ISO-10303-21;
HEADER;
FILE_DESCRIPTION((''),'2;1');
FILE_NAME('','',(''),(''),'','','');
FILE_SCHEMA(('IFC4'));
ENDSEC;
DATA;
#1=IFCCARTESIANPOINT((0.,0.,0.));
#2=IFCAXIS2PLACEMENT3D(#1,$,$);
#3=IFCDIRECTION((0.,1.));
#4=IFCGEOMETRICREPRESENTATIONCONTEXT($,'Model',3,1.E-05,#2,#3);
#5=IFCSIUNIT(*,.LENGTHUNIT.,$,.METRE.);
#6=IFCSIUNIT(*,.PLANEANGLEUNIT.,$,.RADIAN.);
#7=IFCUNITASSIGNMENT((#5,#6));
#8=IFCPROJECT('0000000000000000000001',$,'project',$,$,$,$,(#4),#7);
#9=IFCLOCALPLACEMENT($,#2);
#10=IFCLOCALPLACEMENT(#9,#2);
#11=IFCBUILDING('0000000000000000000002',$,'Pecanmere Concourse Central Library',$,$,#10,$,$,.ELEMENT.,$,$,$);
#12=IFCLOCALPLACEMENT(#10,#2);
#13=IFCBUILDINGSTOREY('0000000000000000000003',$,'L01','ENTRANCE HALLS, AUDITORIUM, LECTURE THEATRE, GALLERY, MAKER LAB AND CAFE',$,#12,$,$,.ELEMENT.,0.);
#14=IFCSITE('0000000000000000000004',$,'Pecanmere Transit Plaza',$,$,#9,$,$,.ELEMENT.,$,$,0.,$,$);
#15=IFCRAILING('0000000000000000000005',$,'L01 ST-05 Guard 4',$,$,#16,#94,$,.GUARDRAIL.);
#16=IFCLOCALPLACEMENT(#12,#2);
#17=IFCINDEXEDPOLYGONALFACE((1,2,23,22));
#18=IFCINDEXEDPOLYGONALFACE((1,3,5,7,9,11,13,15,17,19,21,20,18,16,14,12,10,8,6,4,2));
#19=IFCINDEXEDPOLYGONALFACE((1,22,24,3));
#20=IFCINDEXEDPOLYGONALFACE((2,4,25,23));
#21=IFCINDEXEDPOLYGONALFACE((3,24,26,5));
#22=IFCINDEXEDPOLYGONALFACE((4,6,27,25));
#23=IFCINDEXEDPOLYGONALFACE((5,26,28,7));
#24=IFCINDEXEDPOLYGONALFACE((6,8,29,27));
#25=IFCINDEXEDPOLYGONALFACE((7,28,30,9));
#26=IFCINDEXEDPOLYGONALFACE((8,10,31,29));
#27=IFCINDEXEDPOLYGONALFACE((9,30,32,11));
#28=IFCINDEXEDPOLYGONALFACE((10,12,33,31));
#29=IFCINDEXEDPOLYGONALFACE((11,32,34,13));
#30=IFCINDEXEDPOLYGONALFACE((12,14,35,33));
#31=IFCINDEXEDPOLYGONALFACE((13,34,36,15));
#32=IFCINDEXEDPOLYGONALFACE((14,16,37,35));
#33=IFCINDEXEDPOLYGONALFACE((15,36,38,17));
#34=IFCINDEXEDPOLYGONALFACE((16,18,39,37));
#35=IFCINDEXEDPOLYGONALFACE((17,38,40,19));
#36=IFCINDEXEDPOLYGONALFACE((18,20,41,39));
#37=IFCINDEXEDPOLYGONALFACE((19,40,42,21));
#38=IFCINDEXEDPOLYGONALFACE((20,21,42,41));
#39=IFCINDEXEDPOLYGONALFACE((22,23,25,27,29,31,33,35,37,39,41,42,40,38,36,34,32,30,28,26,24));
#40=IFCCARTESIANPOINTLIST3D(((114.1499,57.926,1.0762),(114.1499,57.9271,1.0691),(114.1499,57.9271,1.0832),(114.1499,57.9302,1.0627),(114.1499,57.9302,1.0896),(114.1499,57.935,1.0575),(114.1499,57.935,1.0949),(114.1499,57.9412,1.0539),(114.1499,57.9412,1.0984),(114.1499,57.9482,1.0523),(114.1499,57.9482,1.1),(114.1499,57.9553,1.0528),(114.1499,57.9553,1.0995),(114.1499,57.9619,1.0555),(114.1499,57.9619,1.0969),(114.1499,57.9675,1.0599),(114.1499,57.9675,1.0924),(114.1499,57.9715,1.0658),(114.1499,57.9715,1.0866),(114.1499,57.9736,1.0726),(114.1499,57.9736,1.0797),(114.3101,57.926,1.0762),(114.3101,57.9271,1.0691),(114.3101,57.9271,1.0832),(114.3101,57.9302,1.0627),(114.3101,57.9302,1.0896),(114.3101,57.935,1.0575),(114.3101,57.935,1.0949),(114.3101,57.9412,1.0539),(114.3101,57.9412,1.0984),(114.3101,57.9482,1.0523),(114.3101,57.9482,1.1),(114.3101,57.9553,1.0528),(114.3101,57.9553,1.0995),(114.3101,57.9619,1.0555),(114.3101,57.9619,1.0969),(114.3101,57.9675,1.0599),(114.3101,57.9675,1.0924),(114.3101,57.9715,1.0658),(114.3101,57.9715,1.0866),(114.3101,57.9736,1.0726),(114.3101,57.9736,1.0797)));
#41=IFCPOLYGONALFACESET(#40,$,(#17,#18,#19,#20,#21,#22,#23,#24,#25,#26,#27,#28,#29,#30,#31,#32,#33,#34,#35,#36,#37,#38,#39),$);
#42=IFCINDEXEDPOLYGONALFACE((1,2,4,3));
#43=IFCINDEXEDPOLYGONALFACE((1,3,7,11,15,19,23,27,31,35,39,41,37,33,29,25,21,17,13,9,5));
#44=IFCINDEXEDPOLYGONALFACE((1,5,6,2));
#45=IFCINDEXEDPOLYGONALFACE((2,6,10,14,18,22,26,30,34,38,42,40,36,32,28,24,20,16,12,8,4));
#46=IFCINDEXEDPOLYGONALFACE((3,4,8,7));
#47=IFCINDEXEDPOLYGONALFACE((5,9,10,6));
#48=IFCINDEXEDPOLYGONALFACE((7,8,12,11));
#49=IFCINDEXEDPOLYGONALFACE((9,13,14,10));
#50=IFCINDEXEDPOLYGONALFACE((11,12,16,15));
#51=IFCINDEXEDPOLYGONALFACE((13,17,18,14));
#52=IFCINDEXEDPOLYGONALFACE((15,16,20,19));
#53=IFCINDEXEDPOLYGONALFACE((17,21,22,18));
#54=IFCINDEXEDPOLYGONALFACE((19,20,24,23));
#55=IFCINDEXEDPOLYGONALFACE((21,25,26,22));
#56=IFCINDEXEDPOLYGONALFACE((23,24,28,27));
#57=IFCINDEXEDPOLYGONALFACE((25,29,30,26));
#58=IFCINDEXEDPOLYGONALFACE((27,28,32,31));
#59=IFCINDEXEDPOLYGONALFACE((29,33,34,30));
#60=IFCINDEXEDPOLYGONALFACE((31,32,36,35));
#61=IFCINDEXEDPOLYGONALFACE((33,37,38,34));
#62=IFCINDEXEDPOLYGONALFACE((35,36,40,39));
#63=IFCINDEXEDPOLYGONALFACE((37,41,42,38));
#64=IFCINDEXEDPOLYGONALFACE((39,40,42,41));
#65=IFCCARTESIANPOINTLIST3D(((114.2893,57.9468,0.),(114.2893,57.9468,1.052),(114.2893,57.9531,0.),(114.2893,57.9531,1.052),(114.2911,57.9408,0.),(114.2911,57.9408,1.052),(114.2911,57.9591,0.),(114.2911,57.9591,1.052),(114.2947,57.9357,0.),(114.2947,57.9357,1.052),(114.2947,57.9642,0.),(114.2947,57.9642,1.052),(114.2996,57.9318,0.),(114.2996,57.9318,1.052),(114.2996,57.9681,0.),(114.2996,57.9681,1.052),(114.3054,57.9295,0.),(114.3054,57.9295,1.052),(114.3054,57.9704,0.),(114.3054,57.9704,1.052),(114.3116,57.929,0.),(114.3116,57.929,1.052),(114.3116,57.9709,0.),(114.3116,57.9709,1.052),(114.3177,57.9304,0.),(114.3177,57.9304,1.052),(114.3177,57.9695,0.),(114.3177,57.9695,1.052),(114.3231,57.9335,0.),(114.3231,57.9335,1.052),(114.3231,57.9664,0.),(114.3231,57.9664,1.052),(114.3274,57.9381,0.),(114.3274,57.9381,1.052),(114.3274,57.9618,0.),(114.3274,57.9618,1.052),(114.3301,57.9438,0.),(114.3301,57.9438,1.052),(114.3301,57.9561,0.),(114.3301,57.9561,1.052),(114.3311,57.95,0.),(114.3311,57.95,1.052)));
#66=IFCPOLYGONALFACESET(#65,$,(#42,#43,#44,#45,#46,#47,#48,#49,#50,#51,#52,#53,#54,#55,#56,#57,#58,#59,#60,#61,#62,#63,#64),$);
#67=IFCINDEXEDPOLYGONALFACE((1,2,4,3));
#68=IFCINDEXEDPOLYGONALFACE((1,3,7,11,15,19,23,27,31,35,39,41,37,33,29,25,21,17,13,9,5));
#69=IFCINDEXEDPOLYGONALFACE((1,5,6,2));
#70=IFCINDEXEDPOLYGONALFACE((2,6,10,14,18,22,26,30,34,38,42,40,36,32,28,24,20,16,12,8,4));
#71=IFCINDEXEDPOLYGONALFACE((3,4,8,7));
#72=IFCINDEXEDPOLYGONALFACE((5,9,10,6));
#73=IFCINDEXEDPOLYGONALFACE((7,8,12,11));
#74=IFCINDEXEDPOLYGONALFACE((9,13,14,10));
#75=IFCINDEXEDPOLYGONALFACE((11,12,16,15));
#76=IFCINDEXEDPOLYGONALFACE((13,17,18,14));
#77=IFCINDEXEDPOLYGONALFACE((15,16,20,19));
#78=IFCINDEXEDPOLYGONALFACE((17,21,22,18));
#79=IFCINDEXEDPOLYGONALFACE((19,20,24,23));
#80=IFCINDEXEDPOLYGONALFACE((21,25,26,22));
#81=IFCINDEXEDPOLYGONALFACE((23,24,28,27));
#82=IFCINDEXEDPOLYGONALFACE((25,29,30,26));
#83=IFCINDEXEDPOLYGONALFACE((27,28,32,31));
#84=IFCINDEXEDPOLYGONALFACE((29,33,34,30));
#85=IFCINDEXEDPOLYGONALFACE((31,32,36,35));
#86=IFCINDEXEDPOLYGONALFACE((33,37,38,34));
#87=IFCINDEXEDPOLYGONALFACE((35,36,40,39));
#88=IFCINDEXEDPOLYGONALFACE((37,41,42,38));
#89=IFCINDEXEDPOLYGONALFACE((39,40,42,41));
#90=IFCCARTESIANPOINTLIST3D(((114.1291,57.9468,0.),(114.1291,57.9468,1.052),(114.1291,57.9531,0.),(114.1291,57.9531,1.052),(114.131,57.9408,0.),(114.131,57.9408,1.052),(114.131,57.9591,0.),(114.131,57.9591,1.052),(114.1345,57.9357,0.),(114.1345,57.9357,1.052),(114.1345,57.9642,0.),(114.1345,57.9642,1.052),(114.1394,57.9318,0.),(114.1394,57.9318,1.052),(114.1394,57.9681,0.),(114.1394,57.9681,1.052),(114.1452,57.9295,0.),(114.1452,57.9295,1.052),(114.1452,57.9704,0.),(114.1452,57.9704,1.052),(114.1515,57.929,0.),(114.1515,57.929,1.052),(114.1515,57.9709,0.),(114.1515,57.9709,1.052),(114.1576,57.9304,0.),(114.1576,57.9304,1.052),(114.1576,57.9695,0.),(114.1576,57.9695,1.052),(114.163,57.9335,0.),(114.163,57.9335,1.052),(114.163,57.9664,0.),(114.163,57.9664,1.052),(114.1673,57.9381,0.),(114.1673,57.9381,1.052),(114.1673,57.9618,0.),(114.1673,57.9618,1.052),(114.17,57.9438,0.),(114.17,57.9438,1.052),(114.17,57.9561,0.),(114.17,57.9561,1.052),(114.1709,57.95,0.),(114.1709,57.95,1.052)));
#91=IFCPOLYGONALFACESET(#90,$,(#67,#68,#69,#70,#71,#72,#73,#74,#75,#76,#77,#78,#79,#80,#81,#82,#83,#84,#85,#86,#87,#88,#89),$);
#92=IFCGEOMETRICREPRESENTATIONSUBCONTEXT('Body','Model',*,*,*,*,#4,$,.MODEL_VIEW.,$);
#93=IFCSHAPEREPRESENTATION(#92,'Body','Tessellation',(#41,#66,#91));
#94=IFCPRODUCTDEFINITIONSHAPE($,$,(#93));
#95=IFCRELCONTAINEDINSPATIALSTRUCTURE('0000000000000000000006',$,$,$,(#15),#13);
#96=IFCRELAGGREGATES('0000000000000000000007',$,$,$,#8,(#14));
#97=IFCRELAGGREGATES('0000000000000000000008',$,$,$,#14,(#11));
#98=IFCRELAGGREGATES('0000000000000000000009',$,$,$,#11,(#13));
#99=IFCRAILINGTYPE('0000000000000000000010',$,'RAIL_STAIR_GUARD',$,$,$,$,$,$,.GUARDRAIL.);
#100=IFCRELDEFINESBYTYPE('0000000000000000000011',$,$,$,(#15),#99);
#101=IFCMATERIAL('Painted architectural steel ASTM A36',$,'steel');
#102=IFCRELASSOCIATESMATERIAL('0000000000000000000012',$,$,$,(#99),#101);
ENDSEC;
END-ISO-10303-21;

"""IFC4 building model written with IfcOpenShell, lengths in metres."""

from ifc_helpers import new_model, si_unit, direction, frame, origin, origin_2d, place, context, subcontext, project, spatial, circle, extrude, material, type_object, element, save


model = new_model("IFC4")

# Units and contexts
model_context = context("Model", 3, precision=1e-05, world=origin(), true_north=direction((0.0, 1.0)))
body_context = subcontext(model_context, "Body", "Model", "MODEL_VIEW")
ifc_project = project(units=[si_unit("LENGTHUNIT", "METRE"), si_unit("PLANEANGLEUNIT", "RADIAN")], contexts=[model_context])

# Site, building, storey
site_placement = place(None, origin())
site = spatial("IfcSite", under=ifc_project, at=site_placement, Name="Pecanmere Transit Plaza", CompositionType="ELEMENT", RefElevation=0.0)
building_placement = place(site_placement, origin())
building = spatial("IfcBuilding", under=site, at=building_placement, Name="Pecanmere Concourse Central Library", CompositionType="ELEMENT")
storey_placement = place(building_placement, origin())
storey = spatial("IfcBuildingStorey", under=building, at=storey_placement, Name="L01", Description="ENTRANCE HALLS, AUDITORIUM, LECTURE THEATRE, GALLERY, MAKER LAB AND CAFE", CompositionType="ELEMENT", Elevation=0.0)

# Railing
ifc_material_1 = material(Name="Painted architectural steel ASTM A36", Category="steel")
railing_type_1 = type_object("IfcRailingType", Name="RAIL_STAIR_GUARD", PredefinedType="GUARDRAIL", material=ifc_material_1)
railing_1_placement = place(storey_placement, frame((114.3101, 57.95, 0.0)))
element("IfcRailing", 1, at=railing_1_placement, inside=storey, type_object=railing_type_1, Name="L01 ST-05 Guard 4", PredefinedType="GUARDRAIL", context=body_context, shape_type="SweptSolid", body=[
    extrude(circle(Radius=0.0239, at=origin_2d()), frame((0.0, 0.0, 1.0762), z_axis=(-1.0, 0.0, 0.0), x_axis=(0.0, -1.0, 0.0)), (0.0, 0.0, 1.0), 0.1602),
    extrude(circle(Radius=0.021, at=origin_2d()), origin(), (0.0, 0.0, 1.0), 1.052),
    extrude(circle(Radius=0.021, at=origin_2d()), frame((-0.1602, 0.0, 0.0)), (0.0, 0.0, 1.0), 1.052),
])

save(model, "model.ifc")
